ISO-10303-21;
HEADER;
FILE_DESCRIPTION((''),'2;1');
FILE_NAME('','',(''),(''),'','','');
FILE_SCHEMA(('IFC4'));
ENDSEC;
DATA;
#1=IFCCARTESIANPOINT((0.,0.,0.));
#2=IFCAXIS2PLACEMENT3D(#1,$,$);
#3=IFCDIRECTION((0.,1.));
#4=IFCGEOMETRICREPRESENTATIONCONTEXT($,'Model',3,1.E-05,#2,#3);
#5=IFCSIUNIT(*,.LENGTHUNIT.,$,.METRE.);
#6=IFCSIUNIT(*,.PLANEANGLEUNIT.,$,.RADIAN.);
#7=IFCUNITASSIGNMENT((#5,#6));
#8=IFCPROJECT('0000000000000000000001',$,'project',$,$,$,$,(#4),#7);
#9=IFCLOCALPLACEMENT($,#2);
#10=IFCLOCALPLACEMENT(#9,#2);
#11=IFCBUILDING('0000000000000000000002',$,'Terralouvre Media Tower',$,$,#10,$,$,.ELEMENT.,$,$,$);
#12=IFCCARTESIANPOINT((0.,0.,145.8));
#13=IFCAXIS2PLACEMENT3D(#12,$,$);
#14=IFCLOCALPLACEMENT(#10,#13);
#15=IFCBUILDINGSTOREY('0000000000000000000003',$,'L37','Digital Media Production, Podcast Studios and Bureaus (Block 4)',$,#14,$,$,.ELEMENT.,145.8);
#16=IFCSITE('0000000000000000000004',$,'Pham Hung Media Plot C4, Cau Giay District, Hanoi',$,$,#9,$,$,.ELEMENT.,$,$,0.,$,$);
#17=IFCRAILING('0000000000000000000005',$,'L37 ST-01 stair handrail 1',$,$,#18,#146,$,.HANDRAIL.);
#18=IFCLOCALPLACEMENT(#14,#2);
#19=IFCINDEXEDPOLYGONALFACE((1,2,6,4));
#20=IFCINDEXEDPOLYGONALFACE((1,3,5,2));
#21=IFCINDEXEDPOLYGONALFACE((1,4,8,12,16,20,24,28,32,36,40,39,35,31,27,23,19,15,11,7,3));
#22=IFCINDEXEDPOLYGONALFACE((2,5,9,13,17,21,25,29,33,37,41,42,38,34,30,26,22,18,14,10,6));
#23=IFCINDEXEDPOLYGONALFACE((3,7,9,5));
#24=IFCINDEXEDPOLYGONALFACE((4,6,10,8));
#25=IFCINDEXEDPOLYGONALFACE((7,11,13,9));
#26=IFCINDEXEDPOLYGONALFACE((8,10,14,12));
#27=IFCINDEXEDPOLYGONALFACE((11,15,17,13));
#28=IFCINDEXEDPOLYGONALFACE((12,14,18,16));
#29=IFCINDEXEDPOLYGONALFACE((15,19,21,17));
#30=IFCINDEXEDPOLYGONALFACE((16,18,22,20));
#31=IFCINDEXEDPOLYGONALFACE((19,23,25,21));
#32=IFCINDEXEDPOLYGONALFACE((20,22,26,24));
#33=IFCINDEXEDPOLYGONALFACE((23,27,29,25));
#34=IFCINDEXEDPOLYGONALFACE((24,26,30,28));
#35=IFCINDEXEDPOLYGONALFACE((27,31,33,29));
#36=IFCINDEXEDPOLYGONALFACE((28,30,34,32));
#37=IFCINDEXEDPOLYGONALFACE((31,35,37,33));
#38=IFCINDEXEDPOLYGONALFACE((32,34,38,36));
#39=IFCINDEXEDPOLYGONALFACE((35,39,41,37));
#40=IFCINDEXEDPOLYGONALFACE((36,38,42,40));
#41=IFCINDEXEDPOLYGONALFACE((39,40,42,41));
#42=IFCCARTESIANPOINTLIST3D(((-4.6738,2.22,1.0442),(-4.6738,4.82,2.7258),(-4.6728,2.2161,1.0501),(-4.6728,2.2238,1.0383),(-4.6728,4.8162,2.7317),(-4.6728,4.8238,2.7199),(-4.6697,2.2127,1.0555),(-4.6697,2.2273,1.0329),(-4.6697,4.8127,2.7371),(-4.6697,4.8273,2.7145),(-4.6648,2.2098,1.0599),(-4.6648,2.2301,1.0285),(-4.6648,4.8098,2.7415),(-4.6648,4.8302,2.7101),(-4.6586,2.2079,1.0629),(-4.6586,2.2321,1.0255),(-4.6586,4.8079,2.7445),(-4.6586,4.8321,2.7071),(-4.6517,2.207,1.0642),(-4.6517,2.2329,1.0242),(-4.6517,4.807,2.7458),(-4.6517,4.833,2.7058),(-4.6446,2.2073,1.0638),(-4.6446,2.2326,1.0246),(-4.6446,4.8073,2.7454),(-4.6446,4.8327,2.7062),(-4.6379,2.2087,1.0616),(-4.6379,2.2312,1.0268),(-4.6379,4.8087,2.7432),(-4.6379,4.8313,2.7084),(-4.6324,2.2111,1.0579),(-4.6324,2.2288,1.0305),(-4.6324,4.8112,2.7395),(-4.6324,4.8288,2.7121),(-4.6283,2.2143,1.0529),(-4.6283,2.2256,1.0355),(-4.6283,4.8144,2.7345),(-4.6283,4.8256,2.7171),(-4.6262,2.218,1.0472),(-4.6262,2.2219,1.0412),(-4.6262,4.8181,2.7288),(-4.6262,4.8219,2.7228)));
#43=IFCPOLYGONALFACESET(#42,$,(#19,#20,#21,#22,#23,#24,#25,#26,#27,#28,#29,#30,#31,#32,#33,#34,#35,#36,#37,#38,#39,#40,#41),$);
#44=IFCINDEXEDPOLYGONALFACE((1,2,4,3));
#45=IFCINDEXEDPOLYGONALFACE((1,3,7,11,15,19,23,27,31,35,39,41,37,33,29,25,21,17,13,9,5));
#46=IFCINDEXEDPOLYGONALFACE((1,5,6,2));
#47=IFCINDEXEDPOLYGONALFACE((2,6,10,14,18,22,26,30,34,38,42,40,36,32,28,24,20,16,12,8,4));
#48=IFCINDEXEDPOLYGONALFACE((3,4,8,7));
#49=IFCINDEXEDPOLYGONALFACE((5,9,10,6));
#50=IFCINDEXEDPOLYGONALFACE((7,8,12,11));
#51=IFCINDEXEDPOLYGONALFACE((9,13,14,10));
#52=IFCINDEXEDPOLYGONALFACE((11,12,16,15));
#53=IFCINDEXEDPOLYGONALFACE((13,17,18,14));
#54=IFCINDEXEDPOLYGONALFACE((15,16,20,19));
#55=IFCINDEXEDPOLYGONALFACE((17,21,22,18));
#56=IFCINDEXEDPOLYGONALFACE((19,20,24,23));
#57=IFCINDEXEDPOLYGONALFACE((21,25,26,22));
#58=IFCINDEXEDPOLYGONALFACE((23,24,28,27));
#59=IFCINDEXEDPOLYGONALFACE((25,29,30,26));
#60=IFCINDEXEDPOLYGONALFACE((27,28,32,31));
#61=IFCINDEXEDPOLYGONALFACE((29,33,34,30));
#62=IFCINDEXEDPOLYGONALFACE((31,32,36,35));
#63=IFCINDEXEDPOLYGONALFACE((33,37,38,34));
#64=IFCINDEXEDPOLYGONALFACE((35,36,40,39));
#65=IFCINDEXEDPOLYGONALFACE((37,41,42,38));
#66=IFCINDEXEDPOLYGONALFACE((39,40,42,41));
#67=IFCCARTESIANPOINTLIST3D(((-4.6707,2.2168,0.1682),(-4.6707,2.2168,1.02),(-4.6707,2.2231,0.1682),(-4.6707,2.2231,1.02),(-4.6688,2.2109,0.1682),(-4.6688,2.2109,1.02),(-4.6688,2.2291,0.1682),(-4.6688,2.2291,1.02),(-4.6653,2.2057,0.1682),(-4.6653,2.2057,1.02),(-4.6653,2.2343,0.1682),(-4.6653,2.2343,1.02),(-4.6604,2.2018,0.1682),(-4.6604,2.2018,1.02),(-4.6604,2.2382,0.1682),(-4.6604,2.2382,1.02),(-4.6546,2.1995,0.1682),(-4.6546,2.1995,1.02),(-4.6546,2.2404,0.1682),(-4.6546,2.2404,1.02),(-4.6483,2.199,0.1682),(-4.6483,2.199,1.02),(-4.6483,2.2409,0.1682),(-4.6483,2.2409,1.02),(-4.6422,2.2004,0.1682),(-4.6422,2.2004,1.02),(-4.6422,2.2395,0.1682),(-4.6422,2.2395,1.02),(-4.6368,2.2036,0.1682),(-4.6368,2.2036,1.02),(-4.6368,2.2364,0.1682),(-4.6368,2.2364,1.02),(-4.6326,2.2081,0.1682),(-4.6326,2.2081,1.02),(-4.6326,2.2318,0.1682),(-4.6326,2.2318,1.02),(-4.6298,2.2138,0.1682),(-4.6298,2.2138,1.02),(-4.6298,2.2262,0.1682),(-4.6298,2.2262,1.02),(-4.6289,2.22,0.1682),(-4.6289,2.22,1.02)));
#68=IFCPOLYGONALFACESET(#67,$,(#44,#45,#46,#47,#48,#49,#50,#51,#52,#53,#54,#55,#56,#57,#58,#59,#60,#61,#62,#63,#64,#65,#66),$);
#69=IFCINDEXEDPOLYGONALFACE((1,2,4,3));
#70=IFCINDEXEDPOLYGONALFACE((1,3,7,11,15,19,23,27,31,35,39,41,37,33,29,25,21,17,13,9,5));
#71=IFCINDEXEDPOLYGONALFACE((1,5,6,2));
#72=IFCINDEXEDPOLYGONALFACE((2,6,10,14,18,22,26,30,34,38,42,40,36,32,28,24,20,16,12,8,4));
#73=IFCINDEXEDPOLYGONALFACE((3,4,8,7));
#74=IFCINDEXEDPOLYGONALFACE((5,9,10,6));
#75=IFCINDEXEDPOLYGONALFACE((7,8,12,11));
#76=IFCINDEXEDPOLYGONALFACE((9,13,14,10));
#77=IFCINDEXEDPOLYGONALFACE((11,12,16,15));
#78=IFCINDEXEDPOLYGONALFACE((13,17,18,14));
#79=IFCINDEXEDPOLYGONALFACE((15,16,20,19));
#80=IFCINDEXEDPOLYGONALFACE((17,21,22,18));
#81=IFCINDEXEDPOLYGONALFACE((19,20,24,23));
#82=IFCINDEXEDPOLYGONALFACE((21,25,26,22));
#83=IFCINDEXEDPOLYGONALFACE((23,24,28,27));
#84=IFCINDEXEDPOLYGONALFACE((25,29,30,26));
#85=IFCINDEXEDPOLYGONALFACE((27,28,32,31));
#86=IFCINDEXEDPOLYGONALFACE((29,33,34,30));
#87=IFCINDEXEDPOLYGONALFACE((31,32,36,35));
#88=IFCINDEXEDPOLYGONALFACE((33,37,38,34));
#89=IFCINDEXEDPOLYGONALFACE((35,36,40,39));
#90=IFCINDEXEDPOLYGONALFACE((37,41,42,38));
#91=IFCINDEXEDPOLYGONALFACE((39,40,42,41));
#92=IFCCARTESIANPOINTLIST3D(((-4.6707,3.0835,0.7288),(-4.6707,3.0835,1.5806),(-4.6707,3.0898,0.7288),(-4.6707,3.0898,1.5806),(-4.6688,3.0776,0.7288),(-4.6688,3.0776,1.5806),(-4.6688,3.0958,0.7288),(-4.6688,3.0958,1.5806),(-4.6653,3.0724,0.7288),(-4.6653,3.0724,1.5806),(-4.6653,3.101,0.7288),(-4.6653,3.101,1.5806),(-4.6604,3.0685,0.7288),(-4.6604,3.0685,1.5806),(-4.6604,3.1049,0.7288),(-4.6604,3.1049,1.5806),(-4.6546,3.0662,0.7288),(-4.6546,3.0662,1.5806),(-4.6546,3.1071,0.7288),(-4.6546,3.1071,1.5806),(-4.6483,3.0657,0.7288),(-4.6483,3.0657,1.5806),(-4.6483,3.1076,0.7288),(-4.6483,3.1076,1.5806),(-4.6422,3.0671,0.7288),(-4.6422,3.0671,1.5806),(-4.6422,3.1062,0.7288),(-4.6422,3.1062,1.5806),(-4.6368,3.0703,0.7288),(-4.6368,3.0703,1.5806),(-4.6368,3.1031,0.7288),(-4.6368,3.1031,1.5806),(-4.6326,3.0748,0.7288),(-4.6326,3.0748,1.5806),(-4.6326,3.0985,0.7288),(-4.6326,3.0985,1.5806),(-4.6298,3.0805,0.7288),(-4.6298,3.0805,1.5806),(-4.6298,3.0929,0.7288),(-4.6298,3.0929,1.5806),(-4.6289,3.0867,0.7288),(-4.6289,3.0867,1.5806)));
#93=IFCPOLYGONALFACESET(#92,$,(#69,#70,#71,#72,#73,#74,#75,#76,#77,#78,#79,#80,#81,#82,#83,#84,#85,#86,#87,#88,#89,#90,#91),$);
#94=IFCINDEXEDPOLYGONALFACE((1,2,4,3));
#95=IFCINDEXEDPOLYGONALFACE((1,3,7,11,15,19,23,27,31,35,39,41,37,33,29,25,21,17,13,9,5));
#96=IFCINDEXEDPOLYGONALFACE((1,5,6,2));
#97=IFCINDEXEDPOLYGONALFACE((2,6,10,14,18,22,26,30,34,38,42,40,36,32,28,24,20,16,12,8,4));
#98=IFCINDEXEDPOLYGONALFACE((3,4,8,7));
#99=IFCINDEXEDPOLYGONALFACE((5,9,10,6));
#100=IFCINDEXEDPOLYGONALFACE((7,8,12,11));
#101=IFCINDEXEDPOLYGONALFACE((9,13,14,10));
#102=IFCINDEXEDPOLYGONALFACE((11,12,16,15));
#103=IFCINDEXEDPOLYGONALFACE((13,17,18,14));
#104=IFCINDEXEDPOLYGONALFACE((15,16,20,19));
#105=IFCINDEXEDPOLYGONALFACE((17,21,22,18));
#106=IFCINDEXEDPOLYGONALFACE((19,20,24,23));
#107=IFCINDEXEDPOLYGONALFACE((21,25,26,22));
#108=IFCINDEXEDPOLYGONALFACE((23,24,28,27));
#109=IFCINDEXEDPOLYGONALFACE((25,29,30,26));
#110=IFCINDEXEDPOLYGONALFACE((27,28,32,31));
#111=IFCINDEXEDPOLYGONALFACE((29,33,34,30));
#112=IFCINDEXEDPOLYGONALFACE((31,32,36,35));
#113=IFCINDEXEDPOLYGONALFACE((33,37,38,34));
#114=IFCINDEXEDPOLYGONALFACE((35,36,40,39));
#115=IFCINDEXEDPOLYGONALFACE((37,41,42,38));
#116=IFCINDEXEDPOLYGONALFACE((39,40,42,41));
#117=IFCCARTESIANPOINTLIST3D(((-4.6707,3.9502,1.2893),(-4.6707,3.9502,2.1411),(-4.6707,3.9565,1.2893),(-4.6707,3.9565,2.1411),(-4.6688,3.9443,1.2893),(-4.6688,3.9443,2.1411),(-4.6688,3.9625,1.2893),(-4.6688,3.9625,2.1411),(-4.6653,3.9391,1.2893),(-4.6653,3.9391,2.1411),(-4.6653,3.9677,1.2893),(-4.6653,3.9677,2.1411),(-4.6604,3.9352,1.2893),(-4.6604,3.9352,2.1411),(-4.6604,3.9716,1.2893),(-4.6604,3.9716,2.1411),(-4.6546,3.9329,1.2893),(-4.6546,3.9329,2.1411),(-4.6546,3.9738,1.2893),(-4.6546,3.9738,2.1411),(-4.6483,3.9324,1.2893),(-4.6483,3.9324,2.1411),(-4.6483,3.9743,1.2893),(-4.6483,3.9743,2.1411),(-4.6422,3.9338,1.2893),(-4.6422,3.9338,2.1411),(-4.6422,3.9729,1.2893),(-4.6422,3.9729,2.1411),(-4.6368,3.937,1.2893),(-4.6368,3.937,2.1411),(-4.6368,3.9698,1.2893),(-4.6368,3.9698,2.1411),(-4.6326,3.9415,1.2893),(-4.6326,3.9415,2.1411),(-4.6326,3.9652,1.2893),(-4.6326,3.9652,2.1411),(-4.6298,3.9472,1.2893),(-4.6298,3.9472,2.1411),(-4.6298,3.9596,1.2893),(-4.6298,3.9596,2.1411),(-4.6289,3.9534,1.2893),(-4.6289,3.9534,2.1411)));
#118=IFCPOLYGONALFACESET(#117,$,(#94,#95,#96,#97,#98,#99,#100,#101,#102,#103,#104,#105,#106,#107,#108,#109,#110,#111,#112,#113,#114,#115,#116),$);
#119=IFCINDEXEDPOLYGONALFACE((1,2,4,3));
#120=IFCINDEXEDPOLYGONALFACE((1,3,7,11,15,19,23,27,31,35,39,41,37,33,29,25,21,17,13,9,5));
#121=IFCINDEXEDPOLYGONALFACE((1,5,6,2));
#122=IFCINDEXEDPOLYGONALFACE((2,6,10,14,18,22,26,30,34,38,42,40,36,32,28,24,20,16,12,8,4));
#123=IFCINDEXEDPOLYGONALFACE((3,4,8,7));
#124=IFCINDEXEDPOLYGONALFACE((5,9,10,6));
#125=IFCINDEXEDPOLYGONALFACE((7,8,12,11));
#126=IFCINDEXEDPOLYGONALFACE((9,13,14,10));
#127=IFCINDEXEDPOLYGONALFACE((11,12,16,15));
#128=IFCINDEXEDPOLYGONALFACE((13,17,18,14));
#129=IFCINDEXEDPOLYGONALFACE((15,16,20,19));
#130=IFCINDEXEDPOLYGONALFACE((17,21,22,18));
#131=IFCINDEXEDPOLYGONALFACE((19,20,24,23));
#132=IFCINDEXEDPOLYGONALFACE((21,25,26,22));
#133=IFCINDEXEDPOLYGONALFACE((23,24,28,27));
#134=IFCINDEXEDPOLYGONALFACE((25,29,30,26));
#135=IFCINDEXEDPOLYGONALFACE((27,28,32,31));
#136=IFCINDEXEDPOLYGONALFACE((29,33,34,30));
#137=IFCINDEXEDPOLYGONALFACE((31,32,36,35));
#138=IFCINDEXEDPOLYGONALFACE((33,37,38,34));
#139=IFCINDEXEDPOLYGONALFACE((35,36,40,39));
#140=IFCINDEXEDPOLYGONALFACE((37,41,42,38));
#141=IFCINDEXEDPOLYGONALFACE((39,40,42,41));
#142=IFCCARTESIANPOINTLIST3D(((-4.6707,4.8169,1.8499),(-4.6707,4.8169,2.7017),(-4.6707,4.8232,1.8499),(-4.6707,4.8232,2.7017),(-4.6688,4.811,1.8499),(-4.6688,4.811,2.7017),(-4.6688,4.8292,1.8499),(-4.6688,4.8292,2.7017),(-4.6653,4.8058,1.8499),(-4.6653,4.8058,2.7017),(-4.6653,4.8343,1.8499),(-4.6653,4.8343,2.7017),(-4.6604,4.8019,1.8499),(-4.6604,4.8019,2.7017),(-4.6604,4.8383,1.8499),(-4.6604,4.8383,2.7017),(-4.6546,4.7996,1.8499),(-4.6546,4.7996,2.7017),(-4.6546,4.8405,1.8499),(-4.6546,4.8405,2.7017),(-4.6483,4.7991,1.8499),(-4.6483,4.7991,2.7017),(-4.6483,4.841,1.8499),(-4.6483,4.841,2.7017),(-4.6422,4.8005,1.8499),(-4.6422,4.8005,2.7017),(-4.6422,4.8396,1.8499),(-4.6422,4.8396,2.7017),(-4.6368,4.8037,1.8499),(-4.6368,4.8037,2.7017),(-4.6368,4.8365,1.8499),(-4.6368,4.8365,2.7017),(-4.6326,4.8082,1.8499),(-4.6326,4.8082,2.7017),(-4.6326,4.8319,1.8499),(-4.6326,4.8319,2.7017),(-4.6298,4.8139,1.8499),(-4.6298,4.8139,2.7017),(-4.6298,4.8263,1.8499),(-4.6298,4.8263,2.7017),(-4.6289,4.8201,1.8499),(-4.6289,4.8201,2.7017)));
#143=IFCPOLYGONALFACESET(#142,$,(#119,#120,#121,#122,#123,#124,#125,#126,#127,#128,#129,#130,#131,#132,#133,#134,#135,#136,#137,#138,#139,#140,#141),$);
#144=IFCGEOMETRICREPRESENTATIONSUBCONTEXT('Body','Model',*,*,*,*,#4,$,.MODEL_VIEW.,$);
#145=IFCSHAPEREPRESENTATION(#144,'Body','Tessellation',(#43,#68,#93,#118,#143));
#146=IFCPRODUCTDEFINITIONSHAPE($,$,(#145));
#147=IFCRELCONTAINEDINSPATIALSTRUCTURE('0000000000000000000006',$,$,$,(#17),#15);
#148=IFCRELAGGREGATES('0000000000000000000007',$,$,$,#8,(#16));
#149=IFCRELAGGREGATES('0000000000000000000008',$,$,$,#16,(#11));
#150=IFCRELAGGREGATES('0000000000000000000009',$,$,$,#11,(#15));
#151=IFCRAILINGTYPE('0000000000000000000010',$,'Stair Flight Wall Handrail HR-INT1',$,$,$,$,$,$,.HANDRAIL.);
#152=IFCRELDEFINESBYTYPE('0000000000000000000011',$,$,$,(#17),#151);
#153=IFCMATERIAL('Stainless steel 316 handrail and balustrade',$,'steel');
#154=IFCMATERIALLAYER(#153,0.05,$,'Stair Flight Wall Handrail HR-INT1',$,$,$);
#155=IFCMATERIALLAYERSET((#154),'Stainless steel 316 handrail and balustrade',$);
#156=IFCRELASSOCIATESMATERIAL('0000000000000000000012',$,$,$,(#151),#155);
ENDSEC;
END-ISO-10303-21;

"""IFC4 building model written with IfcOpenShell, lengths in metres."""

from ifc_helpers import new_model, si_unit, direction, frame, origin, origin_2d, place, context, subcontext, project, spatial, circle, extrude, material, layer, layer_set, type_object, element, save


model = new_model("IFC4")

# Units and contexts
model_context = context("Model", 3, precision=1e-05, world=origin(), true_north=direction((0.0, 1.0)))
body_context = subcontext(model_context, "Body", "Model", "MODEL_VIEW")
ifc_project = project(units=[si_unit("LENGTHUNIT", "METRE"), si_unit("PLANEANGLEUNIT", "RADIAN")], contexts=[model_context])

# Site, building, storey
site_placement = place(None, origin())
site = spatial("IfcSite", under=ifc_project, at=site_placement, Name="Pham Hung Media Plot C4, Cau Giay District, Hanoi", CompositionType="ELEMENT", RefElevation=0.0)
building_placement = place(site_placement, origin())
building = spatial("IfcBuilding", under=site, at=building_placement, Name="Terralouvre Media Tower", CompositionType="ELEMENT")
storey_placement = place(building_placement, frame((0.0, 0.0, 145.8)))
storey = spatial("IfcBuildingStorey", under=building, at=storey_placement, Name="L37", Description="Digital Media Production, Podcast Studios and Bureaus (Block 4)", CompositionType="ELEMENT", Elevation=145.8)

# Railing
ifc_material_1 = material(Name="Stainless steel 316 handrail and balustrade", Category="steel")
ifc_layer_1 = layer(ifc_material_1, 0.05, Name="Stair Flight Wall Handrail HR-INT1")
ifc_layer_set_1 = layer_set([ifc_layer_1], Name="Stainless steel 316 handrail and balustrade")
railing_type_1 = type_object("IfcRailingType", Name="Stair Flight Wall Handrail HR-INT1", PredefinedType="HANDRAIL", material=ifc_layer_set_1)
railing_1_placement = place(storey_placement, frame((-4.6499, 2.22, 0.1682)))
element("IfcRailing", 1, at=railing_1_placement, inside=storey, type_object=railing_type_1, Name="L37 ST-01 stair handrail 1", PredefinedType="HANDRAIL", context=body_context, shape_type="SweptSolid", body=[
    extrude(circle(Radius=0.0239, at=origin_2d()), frame((0.0, 0.0, 0.876), z_axis=(0.0, 0.839684, 0.543075), x_axis=(-1.0, 0.0, 0.0)), (0.0, 0.0, 1.0), 3.0964),
    extrude(circle(Radius=0.021, at=origin_2d()), origin(), (0.0, 0.0, 1.0), 0.8518),
    extrude(circle(Radius=0.021, at=origin_2d()), frame((0.0, 0.8667, 0.5605)), (0.0, 0.0, 1.0), 0.8518),
    extrude(circle(Radius=0.021, at=origin_2d()), frame((0.0, 1.7334, 1.1211)), (0.0, 0.0, 1.0), 0.8518),
    extrude(circle(Radius=0.021, at=origin_2d()), frame((0.0, 2.6001, 1.6816)), (0.0, 0.0, 1.0), 0.8518),
])

save(model, "model.ifc")
